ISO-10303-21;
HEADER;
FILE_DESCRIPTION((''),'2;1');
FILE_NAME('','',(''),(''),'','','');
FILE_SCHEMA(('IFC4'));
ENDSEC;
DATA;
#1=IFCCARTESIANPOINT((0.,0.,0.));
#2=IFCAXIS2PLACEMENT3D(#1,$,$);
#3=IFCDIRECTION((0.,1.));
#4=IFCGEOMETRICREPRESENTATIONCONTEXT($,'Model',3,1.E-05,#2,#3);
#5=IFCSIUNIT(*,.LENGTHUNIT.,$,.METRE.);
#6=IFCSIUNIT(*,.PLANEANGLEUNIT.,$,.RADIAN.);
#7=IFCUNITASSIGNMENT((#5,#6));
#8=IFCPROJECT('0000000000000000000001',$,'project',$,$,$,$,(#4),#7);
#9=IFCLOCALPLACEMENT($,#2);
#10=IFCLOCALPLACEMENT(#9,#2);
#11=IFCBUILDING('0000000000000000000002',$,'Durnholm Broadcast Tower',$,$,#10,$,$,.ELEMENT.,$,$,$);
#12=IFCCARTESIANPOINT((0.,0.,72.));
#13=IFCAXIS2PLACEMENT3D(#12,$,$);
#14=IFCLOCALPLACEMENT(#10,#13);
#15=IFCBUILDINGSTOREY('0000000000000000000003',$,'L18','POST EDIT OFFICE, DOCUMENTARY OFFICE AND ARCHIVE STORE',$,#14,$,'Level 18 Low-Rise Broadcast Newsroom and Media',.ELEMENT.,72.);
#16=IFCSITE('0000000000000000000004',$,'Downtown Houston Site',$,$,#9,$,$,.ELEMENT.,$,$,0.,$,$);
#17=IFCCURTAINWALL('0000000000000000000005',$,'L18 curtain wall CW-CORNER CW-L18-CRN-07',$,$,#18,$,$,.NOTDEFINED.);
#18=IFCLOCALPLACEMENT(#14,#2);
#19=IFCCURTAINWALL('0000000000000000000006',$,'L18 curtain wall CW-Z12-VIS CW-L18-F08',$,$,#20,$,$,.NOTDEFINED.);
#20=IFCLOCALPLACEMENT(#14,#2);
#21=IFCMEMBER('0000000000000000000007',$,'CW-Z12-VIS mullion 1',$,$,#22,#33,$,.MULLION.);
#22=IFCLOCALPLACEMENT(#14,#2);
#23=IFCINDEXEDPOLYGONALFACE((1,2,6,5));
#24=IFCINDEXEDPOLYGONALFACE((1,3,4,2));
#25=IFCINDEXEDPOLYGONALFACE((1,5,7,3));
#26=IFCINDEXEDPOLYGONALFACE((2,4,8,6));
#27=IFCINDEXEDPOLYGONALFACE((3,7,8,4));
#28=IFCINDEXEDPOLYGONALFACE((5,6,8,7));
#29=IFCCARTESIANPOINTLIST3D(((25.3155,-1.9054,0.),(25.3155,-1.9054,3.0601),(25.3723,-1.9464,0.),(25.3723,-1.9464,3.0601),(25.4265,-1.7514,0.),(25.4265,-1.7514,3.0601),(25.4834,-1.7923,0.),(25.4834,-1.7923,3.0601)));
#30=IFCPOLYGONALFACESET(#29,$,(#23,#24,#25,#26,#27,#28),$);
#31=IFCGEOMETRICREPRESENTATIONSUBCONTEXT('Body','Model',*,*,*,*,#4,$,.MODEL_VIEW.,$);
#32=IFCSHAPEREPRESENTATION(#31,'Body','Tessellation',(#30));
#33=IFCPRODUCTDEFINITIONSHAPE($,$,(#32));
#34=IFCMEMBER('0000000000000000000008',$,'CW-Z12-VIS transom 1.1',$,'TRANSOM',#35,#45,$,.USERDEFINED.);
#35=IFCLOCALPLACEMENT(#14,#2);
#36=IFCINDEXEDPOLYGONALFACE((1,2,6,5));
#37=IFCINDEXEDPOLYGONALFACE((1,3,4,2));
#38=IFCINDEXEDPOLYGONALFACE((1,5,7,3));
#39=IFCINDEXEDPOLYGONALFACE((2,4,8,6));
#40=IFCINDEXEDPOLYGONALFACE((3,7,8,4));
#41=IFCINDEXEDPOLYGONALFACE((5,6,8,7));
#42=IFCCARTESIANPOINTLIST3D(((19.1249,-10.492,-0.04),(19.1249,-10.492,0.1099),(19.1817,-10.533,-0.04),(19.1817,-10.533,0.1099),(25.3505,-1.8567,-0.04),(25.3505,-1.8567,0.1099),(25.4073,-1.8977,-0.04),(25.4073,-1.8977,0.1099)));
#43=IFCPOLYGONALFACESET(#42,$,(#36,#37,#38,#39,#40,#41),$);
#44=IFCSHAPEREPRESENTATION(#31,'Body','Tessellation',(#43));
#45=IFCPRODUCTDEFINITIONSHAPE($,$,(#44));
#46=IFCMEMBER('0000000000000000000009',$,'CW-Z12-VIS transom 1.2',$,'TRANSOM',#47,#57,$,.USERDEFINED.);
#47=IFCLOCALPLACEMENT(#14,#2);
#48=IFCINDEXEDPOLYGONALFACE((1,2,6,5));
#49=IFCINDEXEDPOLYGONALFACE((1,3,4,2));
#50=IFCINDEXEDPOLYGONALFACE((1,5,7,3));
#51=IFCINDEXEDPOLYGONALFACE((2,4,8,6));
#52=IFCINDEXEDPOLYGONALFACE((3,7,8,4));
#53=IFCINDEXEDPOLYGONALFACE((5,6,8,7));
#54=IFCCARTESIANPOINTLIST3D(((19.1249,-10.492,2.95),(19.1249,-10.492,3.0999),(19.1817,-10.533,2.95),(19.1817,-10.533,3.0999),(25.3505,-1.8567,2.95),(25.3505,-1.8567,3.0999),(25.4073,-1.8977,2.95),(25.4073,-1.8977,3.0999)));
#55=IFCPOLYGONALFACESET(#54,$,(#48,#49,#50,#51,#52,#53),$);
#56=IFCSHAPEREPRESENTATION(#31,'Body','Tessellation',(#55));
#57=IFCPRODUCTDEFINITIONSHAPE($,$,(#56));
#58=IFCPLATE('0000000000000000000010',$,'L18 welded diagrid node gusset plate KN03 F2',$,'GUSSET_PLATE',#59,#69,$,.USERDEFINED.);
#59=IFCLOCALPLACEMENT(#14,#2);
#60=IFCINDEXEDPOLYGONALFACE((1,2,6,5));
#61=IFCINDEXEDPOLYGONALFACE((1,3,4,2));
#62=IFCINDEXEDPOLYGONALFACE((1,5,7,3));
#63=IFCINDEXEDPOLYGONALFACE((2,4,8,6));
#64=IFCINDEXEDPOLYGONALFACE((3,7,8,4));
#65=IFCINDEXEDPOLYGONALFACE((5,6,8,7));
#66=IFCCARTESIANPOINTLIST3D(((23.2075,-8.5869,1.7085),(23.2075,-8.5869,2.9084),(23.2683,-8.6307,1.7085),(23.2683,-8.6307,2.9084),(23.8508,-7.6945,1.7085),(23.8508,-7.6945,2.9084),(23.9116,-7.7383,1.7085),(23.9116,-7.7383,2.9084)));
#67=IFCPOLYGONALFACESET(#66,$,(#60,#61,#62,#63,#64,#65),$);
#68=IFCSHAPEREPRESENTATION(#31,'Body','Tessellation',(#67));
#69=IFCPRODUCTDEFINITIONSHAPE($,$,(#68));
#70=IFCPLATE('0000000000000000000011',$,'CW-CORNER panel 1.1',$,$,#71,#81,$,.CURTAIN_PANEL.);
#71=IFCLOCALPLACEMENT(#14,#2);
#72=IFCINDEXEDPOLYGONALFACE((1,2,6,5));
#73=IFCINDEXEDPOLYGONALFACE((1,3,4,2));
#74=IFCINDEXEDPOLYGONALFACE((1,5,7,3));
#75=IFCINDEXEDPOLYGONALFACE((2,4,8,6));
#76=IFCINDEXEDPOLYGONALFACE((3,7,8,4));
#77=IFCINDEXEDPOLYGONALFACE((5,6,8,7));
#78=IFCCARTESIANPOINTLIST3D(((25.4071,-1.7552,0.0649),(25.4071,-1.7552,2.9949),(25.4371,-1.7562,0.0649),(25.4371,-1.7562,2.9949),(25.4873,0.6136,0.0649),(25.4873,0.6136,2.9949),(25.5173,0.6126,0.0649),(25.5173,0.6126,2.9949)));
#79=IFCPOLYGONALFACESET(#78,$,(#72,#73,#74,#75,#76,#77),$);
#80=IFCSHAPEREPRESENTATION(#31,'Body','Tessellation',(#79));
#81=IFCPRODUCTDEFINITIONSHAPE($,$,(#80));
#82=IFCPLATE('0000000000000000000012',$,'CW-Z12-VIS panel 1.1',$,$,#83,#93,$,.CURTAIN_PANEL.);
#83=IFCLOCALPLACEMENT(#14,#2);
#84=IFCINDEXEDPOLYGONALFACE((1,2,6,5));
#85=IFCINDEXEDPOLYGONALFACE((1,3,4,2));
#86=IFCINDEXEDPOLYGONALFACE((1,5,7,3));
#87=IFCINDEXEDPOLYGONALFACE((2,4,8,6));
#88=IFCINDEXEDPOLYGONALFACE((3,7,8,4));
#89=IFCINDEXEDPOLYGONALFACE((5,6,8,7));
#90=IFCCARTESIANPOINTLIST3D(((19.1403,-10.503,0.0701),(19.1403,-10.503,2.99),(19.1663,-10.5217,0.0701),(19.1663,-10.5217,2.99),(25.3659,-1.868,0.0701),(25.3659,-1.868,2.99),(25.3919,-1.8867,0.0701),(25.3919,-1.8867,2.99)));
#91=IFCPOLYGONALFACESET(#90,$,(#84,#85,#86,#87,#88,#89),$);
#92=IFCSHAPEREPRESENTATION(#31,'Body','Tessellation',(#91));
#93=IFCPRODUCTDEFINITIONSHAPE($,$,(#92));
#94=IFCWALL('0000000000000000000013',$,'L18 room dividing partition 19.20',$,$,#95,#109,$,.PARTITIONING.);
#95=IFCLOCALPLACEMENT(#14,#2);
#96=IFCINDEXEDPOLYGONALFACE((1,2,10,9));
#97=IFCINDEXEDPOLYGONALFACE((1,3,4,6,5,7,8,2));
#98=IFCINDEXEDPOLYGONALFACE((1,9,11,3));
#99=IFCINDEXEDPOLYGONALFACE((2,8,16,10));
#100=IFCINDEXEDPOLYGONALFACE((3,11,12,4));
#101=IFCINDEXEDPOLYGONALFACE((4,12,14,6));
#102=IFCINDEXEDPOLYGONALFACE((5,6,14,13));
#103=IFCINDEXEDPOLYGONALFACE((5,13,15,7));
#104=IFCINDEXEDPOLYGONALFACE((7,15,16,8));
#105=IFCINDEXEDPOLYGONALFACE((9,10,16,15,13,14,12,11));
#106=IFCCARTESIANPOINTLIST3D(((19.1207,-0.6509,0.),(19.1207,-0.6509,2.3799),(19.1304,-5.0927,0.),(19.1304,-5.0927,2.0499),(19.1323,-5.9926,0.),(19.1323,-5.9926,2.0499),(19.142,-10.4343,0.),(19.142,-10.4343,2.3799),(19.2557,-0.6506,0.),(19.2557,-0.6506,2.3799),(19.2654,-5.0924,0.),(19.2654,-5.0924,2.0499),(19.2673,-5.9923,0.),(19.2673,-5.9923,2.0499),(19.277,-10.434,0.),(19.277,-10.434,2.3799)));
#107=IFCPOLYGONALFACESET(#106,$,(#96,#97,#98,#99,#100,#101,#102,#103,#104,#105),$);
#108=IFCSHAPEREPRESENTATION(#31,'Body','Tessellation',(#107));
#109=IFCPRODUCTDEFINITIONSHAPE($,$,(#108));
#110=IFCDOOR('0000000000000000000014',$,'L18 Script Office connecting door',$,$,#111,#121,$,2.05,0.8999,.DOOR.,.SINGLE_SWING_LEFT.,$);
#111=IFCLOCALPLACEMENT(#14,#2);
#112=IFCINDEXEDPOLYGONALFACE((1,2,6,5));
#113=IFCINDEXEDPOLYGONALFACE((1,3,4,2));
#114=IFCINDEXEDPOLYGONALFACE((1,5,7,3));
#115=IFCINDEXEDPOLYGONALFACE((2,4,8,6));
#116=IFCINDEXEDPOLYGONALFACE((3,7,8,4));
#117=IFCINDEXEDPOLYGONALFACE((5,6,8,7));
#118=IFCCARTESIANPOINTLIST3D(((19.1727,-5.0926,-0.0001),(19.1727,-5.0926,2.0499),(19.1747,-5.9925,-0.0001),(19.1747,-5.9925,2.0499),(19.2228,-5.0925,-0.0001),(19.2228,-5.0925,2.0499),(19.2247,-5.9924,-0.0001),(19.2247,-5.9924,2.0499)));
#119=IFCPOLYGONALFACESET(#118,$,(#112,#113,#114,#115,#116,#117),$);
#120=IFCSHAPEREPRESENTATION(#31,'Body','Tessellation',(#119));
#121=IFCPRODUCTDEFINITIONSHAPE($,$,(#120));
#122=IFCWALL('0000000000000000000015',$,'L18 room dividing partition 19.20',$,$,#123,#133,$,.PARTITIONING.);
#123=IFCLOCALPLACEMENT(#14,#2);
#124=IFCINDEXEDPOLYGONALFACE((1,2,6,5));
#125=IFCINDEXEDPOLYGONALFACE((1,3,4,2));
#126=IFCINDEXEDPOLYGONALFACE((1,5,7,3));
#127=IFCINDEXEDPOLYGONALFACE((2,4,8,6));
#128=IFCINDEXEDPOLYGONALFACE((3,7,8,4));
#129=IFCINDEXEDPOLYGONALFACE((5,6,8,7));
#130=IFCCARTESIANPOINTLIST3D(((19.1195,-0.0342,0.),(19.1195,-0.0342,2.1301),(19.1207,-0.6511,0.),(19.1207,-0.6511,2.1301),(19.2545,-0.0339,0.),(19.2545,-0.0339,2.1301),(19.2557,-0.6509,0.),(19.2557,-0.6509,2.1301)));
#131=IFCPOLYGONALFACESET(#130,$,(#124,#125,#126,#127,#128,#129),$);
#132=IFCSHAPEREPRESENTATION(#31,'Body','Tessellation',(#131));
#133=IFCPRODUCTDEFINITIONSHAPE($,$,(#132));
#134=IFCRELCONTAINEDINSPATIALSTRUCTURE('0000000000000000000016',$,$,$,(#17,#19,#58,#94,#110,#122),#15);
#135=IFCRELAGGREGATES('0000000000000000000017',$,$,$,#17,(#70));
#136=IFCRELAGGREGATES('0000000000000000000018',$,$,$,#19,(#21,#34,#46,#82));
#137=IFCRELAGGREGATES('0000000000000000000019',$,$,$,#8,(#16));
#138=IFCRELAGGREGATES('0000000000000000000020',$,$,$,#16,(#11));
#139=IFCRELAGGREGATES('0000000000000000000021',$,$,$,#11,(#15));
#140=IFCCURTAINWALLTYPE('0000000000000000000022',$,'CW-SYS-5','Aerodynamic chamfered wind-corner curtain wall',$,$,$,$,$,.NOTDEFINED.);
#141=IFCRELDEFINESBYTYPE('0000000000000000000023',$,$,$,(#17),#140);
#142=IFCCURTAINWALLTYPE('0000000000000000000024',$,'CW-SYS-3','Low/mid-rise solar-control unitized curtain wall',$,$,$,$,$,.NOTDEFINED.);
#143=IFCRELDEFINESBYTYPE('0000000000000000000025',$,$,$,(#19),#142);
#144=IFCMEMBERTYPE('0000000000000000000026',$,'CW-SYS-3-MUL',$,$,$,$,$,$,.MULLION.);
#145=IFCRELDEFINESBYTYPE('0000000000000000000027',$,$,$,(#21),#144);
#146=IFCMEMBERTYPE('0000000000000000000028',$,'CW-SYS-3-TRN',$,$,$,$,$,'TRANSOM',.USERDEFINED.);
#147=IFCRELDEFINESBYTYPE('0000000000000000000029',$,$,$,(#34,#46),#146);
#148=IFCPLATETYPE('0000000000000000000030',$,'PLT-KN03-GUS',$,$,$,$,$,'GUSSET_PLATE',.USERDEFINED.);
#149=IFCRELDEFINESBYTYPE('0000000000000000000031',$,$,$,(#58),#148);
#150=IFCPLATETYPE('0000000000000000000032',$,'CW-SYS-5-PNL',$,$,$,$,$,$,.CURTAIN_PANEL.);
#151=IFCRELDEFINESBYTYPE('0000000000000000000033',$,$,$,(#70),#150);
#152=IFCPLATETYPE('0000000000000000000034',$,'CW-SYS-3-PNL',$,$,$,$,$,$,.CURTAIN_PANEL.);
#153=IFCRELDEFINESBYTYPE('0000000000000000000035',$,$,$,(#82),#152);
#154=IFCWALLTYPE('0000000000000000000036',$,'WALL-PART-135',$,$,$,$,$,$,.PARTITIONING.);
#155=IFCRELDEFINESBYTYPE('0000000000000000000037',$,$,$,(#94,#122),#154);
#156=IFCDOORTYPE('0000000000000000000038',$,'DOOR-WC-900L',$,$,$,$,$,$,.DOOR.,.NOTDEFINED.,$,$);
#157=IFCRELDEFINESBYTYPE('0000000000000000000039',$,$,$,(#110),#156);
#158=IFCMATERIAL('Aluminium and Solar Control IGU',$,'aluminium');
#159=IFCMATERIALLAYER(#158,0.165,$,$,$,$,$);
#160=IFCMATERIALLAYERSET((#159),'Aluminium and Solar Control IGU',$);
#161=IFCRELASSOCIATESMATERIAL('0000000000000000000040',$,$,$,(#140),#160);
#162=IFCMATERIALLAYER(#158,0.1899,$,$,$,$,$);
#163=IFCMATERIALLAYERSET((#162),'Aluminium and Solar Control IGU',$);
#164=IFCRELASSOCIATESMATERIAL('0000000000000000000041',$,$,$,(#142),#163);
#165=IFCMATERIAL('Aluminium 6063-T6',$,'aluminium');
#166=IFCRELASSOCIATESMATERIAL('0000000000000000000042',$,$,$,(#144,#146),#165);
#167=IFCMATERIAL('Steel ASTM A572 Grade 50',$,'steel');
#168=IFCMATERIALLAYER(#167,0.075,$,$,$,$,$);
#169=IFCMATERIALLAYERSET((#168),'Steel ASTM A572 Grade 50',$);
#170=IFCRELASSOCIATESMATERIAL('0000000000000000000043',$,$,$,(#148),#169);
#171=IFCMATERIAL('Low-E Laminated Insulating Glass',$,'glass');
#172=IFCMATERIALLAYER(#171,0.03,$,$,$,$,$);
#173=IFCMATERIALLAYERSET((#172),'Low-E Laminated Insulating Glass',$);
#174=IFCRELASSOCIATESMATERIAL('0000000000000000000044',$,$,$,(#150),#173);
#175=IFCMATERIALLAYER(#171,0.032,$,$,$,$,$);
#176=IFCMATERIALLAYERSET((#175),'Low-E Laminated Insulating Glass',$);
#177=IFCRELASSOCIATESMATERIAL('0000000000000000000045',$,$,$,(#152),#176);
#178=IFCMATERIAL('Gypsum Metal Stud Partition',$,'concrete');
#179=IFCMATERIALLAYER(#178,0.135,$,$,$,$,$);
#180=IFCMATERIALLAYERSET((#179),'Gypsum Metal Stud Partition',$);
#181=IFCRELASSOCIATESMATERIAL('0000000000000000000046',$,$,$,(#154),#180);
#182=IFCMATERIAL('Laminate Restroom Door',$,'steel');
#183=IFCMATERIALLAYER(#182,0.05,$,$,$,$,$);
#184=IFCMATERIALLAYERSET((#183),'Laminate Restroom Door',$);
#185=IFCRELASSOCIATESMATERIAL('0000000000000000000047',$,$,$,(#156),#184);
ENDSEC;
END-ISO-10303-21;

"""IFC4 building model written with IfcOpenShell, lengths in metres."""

from ifc_helpers import new_model, si_unit, direction, frame, frame_2d, origin, origin_2d, place, context, subcontext, project, spatial, rectangle, extrude, source, transform, mapped, material, layer, layer_set, material_profile, profile_set, type_object, type_shapes, element, fill, aggregate, save


model = new_model("IFC4")

# Units and contexts
model_context = context("Model", 3, precision=1e-05, world=origin(), true_north=direction((0.0, 1.0)))
body_context = subcontext(model_context, "Body", "Model", "MODEL_VIEW")
ifc_project = project(units=[si_unit("LENGTHUNIT", "METRE"), si_unit("PLANEANGLEUNIT", "RADIAN")], contexts=[model_context])

# Site, building, storey
site_placement = place(None, origin())
site = spatial("IfcSite", under=ifc_project, at=site_placement, Name="Downtown Houston Site", CompositionType="ELEMENT", RefElevation=0.0)
building_placement = place(site_placement, origin())
building = spatial("IfcBuilding", under=site, at=building_placement, Name="Durnholm Broadcast Tower", CompositionType="ELEMENT")
storey_placement = place(building_placement, frame((0.0, 0.0, 72.0)))
storey = spatial("IfcBuildingStorey", under=building, at=storey_placement, Name="L18", Description="POST EDIT OFFICE, DOCUMENTARY OFFICE AND ARCHIVE STORE", LongName="Level 18 Low-Rise Broadcast Newsroom and Media", CompositionType="ELEMENT", Elevation=72.0)

# Curtain wall
ifc_material_1 = material(Name="Aluminium and Solar Control IGU", Category="aluminium")
ifc_layer_1 = layer(ifc_material_1, 0.165)
ifc_layer_set_1 = layer_set([ifc_layer_1], Name="Aluminium and Solar Control IGU")
curtain_wall_type_1 = type_object("IfcCurtainWallType", Name="CW-SYS-5", Description="Aerodynamic chamfered wind-corner curtain wall", PredefinedType="NOTDEFINED", material=ifc_layer_set_1)
curtain_wall_1_placement = place(storey_placement, origin())
curtain_wall_1 = element("IfcCurtainWall", 1, at=curtain_wall_1_placement, inside=storey, type_object=curtain_wall_type_1, Name="L18 curtain wall CW-CORNER CW-L18-CRN-07", PredefinedType="NOTDEFINED")
ifc_material_2 = material(Name="Aluminium 6063-T6", Category="aluminium")

# Curtain wall, members
ifc_layer_2 = layer(ifc_material_1, 0.1899)
ifc_layer_set_2 = layer_set([ifc_layer_2], Name="Aluminium and Solar Control IGU")
curtain_wall_type_2 = type_object("IfcCurtainWallType", Name="CW-SYS-3", Description="Low/mid-rise solar-control unitized curtain wall", PredefinedType="NOTDEFINED", material=ifc_layer_set_2)
curtain_wall_2_placement = place(storey_placement, origin())
curtain_wall_2 = element("IfcCurtainWall", 2, at=curtain_wall_2_placement, inside=storey, type_object=curtain_wall_type_2, Name="L18 curtain wall CW-Z12-VIS CW-L18-F08", PredefinedType="NOTDEFINED")
ifc_material_profile_1 = material_profile(ifc_material_2, rectangle(XDim=0.0701, YDim=0.1899, at=origin_2d()), Name="CWM70X190")
ifc_profile_set_1 = profile_set([ifc_material_profile_1], Name="Aluminium 6063-T6")
member_type_1 = type_object("IfcMemberType", Name="CW-SYS-3-MUL", PredefinedType="MULLION", material=ifc_profile_set_1)
shared_shape_1 = source(origin(), body_context, "Body", "SweptSolid", [
    extrude(rectangle(XDim=0.0701, YDim=0.1899, at=origin_2d()), origin(), (0.0, 0.0, 1.0), 3.0601),
])
type_shapes(member_type_1, [shared_shape_1])
member_1_placement = place(storey_placement, frame((25.3994, -1.8489, 0.0), z_axis=(0.0, 0.0, 1.0), x_axis=(0.811161, -0.584823, 0.0)))
member_1 = element("IfcMember", 3, at=member_1_placement, type_object=member_type_1, Name="CW-Z12-VIS mullion 1", PredefinedType="MULLION", context=body_context, shape_type="MappedRepresentation", body=[
    mapped(shared_shape_1, transform((0.0, 0.0, 0.0), x_axis=(1.0, 0.0, 0.0), y_axis=(0.0, 1.0, 0.0), z_axis=(0.0, 0.0, 1.0), scale=1.0)),
])
ifc_material_profile_2 = material_profile(ifc_material_2, rectangle(XDim=0.0701, YDim=0.1499, at=origin_2d()), Name="CWT70X150")
ifc_profile_set_2 = profile_set([ifc_material_profile_2], Name="Aluminium 6063-T6")
member_type_2 = type_object("IfcMemberType", Name="CW-SYS-3-TRN", ElementType="TRANSOM", PredefinedType="USERDEFINED", material=ifc_profile_set_2)
shared_shape_2 = source(origin(), body_context, "Body", "SweptSolid", [
    extrude(rectangle(XDim=0.0701, YDim=0.1499, at=origin_2d()), origin(), (0.0, 0.0, 1.0), 10.6455),
])
type_shapes(member_type_2, [shared_shape_2])
member_2_placement = place(storey_placement, frame((25.3789, -1.8772, 0.0349), z_axis=(-0.584812, -0.811169, 0.0), x_axis=(0.811169, -0.584812, 0.0)))
member_2 = element("IfcMember", 4, at=member_2_placement, type_object=member_type_2, Name="CW-Z12-VIS transom 1.1", ObjectType="TRANSOM", PredefinedType="USERDEFINED", context=body_context, shape_type="MappedRepresentation", body=[
    mapped(shared_shape_2, transform((0.0, 0.0, 0.0), x_axis=(1.0, 0.0, 0.0), y_axis=(0.0, 1.0, 0.0), z_axis=(0.0, 0.0, 1.0), scale=1.0)),
])
member_3_placement = place(storey_placement, frame((25.3789, -1.8772, 3.0249), z_axis=(-0.584812, -0.811169, 0.0), x_axis=(0.811169, -0.584812, 0.0)))
member_3 = element("IfcMember", 5, at=member_3_placement, type_object=member_type_2, Name="CW-Z12-VIS transom 1.2", ObjectType="TRANSOM", PredefinedType="USERDEFINED", context=body_context, shape_type="MappedRepresentation", body=[
    mapped(shared_shape_2, transform((0.0, 0.0, 0.0), x_axis=(1.0, 0.0, 0.0), y_axis=(0.0, 1.0, 0.0), z_axis=(0.0, 0.0, 1.0), scale=1.0)),
])

# Plates
ifc_material_3 = material(Name="Steel ASTM A572 Grade 50", Category="steel")
ifc_layer_3 = layer(ifc_material_3, 0.075)
ifc_layer_set_3 = layer_set([ifc_layer_3], Name="Steel ASTM A572 Grade 50")
plate_type_1 = type_object("IfcPlateType", Name="PLT-KN03-GUS", ElementType="GUSSET_PLATE", PredefinedType="USERDEFINED", material=ifc_layer_set_3)
shared_shape_3 = source(origin(), body_context, "Body", "SweptSolid", [
    extrude(rectangle(XDim=1.1001, YDim=0.075, at=origin_2d()), origin(), (0.0, 0.0, 1.0), 1.2),
])
type_shapes(plate_type_1, [shared_shape_3])
plate_1_placement = place(storey_placement, frame((23.5596, -8.1626, 1.7085), z_axis=(0.0, 0.0, 1.0), x_axis=(0.584816, 0.811166, 0.0)))
element("IfcPlate", 6, at=plate_1_placement, inside=storey, type_object=plate_type_1, Name="L18 welded diagrid node gusset plate KN03 F2", ObjectType="GUSSET_PLATE", PredefinedType="USERDEFINED", context=body_context, shape_type="MappedRepresentation", body=[
    mapped(shared_shape_3, transform((0.0, 0.0, 0.0), x_axis=(1.0, 0.0, 0.0), y_axis=(0.0, 1.0, 0.0), z_axis=(0.0, 0.0, 1.0), scale=1.0)),
])
ifc_material_4 = material(Name="Low-E Laminated Insulating Glass", Category="glass")
ifc_layer_4 = layer(ifc_material_4, 0.03)
ifc_layer_set_4 = layer_set([ifc_layer_4], Name="Low-E Laminated Insulating Glass")
plate_type_2 = type_object("IfcPlateType", Name="CW-SYS-5-PNL", PredefinedType="CURTAIN_PANEL", material=ifc_layer_set_4)
shared_shape_4 = source(origin(), body_context, "Body", "SweptSolid", [
    extrude(rectangle(XDim=2.3701, YDim=0.03, at=origin_2d()), origin(), (0.0, 0.0, 1.0), 2.9299),
])
type_shapes(plate_type_2, [shared_shape_4])
plate_2_placement = place(storey_placement, frame((25.4622, -0.5713, 0.0649), z_axis=(0.0, 0.0, 1.0), x_axis=(-0.03384, -0.999427, 0.0)))
plate_2 = element("IfcPlate", 7, at=plate_2_placement, type_object=plate_type_2, Name="CW-CORNER panel 1.1", PredefinedType="CURTAIN_PANEL", context=body_context, shape_type="MappedRepresentation", body=[
    mapped(shared_shape_4, transform((0.0, 0.0, 0.0), x_axis=(1.0, 0.0, 0.0), y_axis=(0.0, 1.0, 0.0), z_axis=(0.0, 0.0, 1.0), scale=1.0)),
])
aggregate(curtain_wall_1, [plate_2])
ifc_layer_5 = layer(ifc_material_4, 0.032)
ifc_layer_set_5 = layer_set([ifc_layer_5], Name="Low-E Laminated Insulating Glass")
plate_type_3 = type_object("IfcPlateType", Name="CW-SYS-3-PNL", PredefinedType="CURTAIN_PANEL", material=ifc_layer_set_5)
shared_shape_5 = source(origin(), body_context, "Body", "SweptSolid", [
    extrude(rectangle(XDim=10.6453, YDim=0.032, at=origin_2d()), origin(), (0.0, 0.0, 1.0), 2.9199),
])
type_shapes(plate_type_3, [shared_shape_5])
plate_3_placement = place(storey_placement, frame((22.2661, -6.1948, 0.0701), z_axis=(0.0, 0.0, 1.0), x_axis=(-0.584823, -0.811161, 0.0)))
plate_3 = element("IfcPlate", 8, at=plate_3_placement, type_object=plate_type_3, Name="CW-Z12-VIS panel 1.1", PredefinedType="CURTAIN_PANEL", context=body_context, shape_type="MappedRepresentation", body=[
    mapped(shared_shape_5, transform((0.0, 0.0, 0.0), x_axis=(1.0, 0.0, 0.0), y_axis=(0.0, 1.0, 0.0), z_axis=(0.0, 0.0, 1.0), scale=1.0)),
])
aggregate(curtain_wall_2, [member_1, member_2, member_3, plate_3])

# Wall, opening, door
ifc_material_5 = material(Name="Gypsum Metal Stud Partition", Category="concrete")
ifc_layer_6 = layer(ifc_material_5, 0.135)
ifc_layer_set_6 = layer_set([ifc_layer_6], Name="Gypsum Metal Stud Partition")
wall_type_1 = type_object("IfcWallType", Name="WALL-PART-135", PredefinedType="PARTITIONING", material=ifc_layer_set_6)
wall_1_placement = place(storey_placement, frame((19.1882, -0.6509, 0.0), z_axis=(0.0, 0.0, 1.0), x_axis=(0.002171, -0.999998, 0.0)))
wall_1 = element("IfcWall", 9, at=wall_1_placement, inside=storey, type_object=wall_type_1, Name="L18 room dividing partition 19.20", PredefinedType="PARTITIONING", context=body_context, shape_type="SweptSolid", body=[
    extrude(rectangle(XDim=9.7834, YDim=0.135, at=frame_2d((4.8916, 0.0))), origin(), (0.0, 0.0, 1.0), 2.3799),
])
opening_1_placement = place(wall_1_placement, frame((4.4417, 0.0, 0.0)))
opening_1 = element("IfcOpeningElement", 10, at=opening_1_placement, cuts=wall_1, PredefinedType="OPENING", context=body_context, shape_type="SweptSolid", body=[
    extrude(rectangle(XDim=0.8999, YDim=2.05, at=frame_2d((0.45, 1.0249))), frame((0.0, 0.0776, 0.0), z_axis=(0.0, -1.0, 0.0), x_axis=(1.0, 0.0, 0.0)), (0.0, 0.0, 1.0), 0.155),
])
ifc_material_6 = material(Name="Laminate Restroom Door", Category="steel")
ifc_layer_7 = layer(ifc_material_6, 0.05)
ifc_layer_set_7 = layer_set([ifc_layer_7], Name="Laminate Restroom Door")
door_type_1 = type_object("IfcDoorType", Name="DOOR-WC-900L", OperationType="NOTDEFINED", PredefinedType="DOOR", material=ifc_layer_set_7)
shared_shape_6 = source(origin(), body_context, "Body", "SweptSolid", [
    extrude(rectangle(XDim=0.8999, YDim=2.05, at=frame_2d((0.45, 1.0249))), frame((0.0, 0.0249, 0.0), z_axis=(0.0, -1.0, 0.0), x_axis=(1.0, 0.0, 0.0)), (0.0, 0.0, 1.0), 0.05),
])
type_shapes(door_type_1, [shared_shape_6])
door_1_placement = place(opening_1_placement, origin())
door_1 = element("IfcDoor", 11, at=door_1_placement, inside=storey, type_object=door_type_1, Name="L18 Script Office connecting door", OperationType="SINGLE_SWING_LEFT", OverallHeight=2.05, OverallWidth=0.8999, PredefinedType="DOOR", context=body_context, shape_type="MappedRepresentation", body=[
    mapped(shared_shape_6, transform((0.0, 0.0, 0.0), x_axis=(1.0, 0.0, 0.0), y_axis=(0.0, 1.0, 0.0), z_axis=(0.0, 0.0, 1.0), scale=1.0)),
])
fill(opening_1, door_1)

# Wall
wall_2_placement = place(storey_placement, frame((19.187, -0.0339, 0.0), z_axis=(0.0, 0.0, 1.0), x_axis=(0.001979, -0.999998, 0.0)))
element("IfcWall", 12, at=wall_2_placement, inside=storey, type_object=wall_type_1, Name="L18 room dividing partition 19.20", PredefinedType="PARTITIONING", context=body_context, shape_type="SweptSolid", body=[
    extrude(rectangle(XDim=0.6169, YDim=0.135, at=frame_2d((0.3086, 0.0))), origin(), (0.0, 0.0, 1.0), 2.1301),
])

save(model, "model.ifc")
